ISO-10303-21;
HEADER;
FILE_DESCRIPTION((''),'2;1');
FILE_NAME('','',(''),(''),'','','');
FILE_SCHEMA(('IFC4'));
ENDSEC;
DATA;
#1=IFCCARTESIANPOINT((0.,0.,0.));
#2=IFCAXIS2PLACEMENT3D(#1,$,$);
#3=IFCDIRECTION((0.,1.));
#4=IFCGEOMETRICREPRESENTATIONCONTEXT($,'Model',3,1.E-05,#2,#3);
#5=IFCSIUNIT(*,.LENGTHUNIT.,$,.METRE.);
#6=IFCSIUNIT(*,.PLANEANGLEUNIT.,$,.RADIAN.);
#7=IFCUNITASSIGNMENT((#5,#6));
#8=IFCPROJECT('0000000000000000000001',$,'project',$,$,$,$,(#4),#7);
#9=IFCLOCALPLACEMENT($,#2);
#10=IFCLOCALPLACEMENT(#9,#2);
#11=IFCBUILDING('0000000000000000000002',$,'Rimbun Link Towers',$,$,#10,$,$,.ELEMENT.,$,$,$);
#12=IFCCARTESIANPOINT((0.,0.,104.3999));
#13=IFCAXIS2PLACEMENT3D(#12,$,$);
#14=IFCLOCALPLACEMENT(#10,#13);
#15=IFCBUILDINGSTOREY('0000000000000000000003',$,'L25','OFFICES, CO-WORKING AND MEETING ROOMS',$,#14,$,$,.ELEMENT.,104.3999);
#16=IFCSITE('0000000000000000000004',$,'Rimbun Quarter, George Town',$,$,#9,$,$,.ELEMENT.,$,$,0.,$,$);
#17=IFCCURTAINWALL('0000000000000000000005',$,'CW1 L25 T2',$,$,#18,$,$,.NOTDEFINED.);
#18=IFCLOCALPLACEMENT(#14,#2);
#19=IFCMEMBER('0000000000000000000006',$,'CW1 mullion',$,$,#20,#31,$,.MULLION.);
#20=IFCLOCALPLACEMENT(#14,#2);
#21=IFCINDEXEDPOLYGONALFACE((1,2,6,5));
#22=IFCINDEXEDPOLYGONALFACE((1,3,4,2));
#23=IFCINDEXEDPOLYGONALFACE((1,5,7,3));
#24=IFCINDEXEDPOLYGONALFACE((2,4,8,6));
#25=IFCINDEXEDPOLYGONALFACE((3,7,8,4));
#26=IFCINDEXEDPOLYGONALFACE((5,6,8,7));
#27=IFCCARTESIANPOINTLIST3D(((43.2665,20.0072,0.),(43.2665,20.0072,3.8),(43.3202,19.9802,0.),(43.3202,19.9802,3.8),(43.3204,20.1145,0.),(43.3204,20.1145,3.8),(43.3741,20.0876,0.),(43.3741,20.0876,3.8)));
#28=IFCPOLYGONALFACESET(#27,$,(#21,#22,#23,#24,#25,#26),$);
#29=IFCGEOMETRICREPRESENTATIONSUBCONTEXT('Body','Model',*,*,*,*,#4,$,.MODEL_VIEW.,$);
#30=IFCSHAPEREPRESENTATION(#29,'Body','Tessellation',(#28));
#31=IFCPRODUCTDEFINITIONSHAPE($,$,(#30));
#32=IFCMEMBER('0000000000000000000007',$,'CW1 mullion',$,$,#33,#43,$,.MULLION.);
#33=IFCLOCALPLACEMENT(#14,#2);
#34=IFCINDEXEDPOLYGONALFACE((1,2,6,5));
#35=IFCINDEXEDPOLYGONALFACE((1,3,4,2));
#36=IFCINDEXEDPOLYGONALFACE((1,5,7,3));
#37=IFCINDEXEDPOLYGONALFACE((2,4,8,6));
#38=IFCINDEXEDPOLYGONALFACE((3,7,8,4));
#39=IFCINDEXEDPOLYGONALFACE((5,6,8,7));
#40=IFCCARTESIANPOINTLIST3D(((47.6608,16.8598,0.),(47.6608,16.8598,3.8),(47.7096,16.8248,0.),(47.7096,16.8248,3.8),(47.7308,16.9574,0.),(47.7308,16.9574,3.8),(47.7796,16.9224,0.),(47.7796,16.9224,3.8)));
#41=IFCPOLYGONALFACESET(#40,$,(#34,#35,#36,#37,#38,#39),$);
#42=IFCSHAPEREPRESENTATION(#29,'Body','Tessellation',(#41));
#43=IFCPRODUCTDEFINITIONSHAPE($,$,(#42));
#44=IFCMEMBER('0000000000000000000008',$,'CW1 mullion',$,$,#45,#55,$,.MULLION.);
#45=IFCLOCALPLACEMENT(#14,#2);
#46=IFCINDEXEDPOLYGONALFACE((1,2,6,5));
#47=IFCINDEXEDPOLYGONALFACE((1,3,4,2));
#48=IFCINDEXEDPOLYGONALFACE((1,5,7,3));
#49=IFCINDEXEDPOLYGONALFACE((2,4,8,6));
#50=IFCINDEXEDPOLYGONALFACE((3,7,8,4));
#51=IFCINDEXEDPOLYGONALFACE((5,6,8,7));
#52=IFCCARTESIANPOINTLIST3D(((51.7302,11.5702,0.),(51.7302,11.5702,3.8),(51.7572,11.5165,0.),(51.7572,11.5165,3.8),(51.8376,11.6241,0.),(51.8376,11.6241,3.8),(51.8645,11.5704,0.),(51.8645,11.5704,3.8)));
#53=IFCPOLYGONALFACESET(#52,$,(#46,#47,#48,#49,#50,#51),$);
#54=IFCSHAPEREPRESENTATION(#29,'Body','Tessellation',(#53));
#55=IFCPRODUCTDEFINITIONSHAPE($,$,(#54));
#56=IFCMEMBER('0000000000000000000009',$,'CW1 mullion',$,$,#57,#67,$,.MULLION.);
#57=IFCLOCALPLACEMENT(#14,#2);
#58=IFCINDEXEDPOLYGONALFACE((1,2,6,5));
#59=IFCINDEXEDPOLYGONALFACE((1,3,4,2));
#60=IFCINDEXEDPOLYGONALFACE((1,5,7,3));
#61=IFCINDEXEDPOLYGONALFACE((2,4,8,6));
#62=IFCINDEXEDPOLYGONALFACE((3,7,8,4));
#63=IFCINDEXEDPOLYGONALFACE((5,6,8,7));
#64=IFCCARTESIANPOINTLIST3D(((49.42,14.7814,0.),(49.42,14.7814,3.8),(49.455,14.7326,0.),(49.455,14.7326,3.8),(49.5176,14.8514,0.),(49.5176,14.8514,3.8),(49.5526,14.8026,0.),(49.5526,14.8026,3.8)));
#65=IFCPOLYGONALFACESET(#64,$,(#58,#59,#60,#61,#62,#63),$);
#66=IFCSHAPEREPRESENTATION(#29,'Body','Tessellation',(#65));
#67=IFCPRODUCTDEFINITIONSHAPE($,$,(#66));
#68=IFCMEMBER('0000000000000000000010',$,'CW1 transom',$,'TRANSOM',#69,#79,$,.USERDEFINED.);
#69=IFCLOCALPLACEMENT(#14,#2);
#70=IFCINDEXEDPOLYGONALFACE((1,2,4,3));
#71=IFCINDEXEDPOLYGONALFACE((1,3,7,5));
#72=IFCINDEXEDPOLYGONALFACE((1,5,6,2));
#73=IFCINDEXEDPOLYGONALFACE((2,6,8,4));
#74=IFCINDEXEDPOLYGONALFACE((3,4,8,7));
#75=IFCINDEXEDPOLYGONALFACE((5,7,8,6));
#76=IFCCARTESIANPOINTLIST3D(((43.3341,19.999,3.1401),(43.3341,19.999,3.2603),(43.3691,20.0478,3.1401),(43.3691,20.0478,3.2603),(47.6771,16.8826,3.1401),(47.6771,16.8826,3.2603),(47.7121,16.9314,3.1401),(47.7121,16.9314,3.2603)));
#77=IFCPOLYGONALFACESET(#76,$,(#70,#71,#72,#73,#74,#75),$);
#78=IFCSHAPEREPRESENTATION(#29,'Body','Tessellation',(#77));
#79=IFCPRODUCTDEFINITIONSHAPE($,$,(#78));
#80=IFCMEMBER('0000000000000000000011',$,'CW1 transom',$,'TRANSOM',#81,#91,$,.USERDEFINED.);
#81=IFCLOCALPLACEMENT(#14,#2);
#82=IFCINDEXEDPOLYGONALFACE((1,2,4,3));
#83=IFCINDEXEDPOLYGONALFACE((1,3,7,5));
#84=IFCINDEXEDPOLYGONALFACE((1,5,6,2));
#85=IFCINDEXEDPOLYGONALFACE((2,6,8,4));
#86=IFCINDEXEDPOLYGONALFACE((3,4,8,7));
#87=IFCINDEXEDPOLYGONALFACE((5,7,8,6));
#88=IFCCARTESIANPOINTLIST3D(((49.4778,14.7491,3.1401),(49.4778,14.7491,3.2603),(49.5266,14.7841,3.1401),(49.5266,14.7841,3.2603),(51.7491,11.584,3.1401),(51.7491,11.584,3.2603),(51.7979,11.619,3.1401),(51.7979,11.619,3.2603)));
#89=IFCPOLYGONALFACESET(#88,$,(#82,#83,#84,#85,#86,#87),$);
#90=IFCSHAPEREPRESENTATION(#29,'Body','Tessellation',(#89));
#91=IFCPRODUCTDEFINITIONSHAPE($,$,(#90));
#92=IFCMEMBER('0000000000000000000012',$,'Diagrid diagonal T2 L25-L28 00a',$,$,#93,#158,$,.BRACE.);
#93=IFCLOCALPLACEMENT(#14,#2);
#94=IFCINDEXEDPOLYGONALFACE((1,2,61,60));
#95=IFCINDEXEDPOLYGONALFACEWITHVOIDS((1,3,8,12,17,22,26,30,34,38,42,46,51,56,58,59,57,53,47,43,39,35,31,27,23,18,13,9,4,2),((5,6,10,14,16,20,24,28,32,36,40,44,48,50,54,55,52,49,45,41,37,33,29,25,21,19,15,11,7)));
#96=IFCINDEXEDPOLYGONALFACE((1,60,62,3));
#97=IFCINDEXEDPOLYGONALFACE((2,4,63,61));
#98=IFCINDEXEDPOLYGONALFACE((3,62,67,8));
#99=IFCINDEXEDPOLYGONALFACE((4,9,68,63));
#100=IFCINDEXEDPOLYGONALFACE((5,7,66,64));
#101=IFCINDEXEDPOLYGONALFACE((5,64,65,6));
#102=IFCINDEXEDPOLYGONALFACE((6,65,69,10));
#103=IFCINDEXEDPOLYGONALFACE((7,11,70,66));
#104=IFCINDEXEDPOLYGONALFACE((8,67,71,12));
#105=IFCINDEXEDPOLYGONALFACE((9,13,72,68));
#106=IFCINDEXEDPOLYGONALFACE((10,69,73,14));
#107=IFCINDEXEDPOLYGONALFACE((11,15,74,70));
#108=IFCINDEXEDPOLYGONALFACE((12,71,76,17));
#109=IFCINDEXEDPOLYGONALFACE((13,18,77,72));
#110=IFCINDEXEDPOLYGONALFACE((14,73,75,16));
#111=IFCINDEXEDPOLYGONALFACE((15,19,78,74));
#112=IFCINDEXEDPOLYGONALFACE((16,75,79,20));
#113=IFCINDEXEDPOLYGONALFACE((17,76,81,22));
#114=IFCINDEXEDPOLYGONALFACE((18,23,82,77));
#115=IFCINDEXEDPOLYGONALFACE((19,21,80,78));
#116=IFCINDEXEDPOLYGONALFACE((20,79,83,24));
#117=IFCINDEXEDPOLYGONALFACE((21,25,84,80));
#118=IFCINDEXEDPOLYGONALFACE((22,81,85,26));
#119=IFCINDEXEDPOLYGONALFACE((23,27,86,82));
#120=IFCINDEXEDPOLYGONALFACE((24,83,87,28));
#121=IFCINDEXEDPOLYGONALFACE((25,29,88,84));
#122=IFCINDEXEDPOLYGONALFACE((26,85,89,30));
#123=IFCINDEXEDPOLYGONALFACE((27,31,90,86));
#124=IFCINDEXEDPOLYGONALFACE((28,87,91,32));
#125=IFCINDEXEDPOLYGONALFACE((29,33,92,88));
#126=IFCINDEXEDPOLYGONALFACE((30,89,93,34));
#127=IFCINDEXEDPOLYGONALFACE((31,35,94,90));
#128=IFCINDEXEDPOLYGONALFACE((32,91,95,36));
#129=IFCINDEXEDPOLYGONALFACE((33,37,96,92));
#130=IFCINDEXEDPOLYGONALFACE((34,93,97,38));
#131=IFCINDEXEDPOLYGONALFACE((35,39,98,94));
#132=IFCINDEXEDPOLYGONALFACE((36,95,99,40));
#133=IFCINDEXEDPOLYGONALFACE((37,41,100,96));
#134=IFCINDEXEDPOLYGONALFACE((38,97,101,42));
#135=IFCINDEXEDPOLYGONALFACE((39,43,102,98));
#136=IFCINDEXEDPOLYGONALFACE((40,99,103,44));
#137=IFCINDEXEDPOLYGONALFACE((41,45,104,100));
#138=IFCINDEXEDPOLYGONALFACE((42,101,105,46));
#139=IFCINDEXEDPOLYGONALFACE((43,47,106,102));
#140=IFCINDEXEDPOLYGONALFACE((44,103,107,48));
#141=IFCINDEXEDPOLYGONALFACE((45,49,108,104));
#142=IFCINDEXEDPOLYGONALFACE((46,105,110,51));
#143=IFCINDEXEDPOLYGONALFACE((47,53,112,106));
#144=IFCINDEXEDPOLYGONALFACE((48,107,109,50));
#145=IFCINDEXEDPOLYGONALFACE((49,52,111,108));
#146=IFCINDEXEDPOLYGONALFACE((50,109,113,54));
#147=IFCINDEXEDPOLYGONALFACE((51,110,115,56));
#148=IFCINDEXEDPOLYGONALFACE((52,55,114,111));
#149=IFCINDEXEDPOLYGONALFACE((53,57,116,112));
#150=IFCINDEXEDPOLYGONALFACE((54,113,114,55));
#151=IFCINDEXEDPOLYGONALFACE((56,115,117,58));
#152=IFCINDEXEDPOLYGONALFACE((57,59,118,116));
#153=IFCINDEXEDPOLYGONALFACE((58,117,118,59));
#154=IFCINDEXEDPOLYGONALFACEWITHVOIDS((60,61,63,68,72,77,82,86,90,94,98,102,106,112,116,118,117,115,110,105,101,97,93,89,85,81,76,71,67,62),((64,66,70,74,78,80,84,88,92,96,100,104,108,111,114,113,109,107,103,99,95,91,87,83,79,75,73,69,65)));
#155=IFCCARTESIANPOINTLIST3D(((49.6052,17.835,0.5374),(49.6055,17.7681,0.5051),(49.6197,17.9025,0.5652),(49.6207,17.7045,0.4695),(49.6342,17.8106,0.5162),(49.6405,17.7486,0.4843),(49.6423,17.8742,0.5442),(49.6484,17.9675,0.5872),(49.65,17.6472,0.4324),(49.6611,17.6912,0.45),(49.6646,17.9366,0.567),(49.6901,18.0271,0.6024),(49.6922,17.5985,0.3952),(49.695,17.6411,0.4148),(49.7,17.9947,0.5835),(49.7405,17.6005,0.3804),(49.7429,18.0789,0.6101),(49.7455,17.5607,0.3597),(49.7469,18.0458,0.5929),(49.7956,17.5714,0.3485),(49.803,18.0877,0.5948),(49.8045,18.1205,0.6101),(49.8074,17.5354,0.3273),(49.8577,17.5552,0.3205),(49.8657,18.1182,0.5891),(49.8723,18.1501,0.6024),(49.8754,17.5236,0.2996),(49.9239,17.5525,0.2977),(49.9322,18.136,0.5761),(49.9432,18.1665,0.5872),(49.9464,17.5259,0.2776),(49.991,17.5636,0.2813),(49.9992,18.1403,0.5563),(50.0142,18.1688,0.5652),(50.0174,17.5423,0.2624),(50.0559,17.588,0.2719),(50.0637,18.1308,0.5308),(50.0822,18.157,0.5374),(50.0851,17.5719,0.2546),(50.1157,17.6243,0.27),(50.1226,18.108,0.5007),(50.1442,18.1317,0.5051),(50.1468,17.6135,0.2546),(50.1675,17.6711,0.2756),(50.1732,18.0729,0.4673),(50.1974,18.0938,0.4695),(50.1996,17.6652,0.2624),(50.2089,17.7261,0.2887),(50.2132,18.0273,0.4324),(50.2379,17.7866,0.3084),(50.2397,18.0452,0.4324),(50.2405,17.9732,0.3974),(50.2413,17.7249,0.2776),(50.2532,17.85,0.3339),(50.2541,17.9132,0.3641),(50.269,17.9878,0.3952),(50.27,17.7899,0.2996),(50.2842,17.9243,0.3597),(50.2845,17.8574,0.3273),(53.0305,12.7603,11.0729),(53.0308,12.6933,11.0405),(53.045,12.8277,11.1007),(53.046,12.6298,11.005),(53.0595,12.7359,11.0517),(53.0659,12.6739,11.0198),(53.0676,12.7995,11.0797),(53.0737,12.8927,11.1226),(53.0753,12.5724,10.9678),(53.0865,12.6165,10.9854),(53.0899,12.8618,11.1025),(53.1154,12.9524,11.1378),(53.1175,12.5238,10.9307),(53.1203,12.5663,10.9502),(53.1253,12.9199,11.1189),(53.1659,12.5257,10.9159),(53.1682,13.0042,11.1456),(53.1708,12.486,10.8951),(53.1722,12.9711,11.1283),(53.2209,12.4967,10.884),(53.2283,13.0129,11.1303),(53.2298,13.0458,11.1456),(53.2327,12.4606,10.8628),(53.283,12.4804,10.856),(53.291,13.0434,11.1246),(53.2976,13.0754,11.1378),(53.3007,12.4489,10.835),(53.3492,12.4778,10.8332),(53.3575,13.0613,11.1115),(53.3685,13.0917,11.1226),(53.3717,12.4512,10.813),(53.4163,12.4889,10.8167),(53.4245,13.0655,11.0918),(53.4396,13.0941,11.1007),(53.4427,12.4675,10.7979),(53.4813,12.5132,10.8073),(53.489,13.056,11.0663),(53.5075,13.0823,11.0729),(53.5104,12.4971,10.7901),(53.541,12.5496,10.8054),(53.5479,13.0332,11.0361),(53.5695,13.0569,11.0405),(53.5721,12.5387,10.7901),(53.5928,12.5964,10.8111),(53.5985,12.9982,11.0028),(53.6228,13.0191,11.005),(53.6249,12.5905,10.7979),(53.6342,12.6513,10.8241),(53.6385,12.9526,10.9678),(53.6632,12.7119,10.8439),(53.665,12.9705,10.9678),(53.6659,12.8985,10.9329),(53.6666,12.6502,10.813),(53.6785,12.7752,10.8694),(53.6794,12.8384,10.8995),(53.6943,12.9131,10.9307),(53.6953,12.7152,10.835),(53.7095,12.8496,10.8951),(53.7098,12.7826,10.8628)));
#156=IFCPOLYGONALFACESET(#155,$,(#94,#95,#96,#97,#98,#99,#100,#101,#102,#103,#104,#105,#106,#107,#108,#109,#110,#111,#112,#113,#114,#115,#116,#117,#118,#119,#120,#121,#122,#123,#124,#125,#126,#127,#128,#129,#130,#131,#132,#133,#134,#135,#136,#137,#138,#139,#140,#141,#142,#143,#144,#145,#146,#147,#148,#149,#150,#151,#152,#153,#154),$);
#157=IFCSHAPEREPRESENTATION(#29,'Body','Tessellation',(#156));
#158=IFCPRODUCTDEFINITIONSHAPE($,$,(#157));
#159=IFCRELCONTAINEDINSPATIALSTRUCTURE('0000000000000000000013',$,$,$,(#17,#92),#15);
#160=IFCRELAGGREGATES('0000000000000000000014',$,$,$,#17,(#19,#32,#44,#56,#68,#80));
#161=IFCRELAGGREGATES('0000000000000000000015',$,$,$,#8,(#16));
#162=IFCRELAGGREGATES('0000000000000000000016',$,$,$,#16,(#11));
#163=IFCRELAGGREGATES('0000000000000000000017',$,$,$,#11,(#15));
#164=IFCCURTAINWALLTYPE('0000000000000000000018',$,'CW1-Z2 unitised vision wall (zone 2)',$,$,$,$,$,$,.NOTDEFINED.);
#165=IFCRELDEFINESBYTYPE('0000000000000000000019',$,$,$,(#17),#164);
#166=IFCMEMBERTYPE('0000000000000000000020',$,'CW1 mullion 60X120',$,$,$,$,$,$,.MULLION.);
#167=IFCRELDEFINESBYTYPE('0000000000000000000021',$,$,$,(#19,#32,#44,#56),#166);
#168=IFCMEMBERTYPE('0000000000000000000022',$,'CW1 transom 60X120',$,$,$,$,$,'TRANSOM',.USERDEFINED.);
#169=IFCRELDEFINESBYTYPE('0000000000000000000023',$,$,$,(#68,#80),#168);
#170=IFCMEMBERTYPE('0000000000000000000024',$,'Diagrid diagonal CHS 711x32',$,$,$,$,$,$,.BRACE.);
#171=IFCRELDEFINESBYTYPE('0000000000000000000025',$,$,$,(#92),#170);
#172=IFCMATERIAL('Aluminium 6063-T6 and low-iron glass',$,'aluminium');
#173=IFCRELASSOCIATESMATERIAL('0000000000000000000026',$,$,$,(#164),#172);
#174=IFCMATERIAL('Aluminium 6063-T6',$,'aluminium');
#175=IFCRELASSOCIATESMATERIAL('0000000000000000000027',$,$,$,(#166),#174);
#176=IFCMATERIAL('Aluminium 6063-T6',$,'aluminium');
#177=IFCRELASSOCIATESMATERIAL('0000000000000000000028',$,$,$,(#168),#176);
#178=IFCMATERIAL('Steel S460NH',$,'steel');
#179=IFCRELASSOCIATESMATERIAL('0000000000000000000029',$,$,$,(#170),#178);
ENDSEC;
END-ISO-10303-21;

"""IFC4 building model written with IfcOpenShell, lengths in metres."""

from ifc_helpers import new_model, si_unit, direction, frame, origin, origin_2d, place, context, subcontext, project, spatial, rectangle, hollow_circle, extrude, material, material_profile, profile_set, type_object, element, aggregate, save


model = new_model("IFC4")

# Units and contexts
model_context = context("Model", 3, precision=1e-05, world=origin(), true_north=direction((0.0, 1.0)))
body_context = subcontext(model_context, "Body", "Model", "MODEL_VIEW")
ifc_project = project(units=[si_unit("LENGTHUNIT", "METRE"), si_unit("PLANEANGLEUNIT", "RADIAN")], contexts=[model_context])

# Site, building, storey
site_placement = place(None, origin())
site = spatial("IfcSite", under=ifc_project, at=site_placement, Name="Rimbun Quarter, George Town", CompositionType="ELEMENT", RefElevation=0.0)
building_placement = place(site_placement, origin())
building = spatial("IfcBuilding", under=site, at=building_placement, Name="Rimbun Link Towers", CompositionType="ELEMENT")
storey_placement = place(building_placement, frame((0.0, 0.0, 104.3999)))
storey = spatial("IfcBuildingStorey", under=building, at=storey_placement, Name="L25", Description="OFFICES, CO-WORKING AND MEETING ROOMS", CompositionType="ELEMENT", Elevation=104.3999)

# Curtain wall, members
ifc_material_1 = material(Name="Aluminium 6063-T6 and low-iron glass", Category="aluminium")
curtain_wall_type = type_object("IfcCurtainWallType", Name="CW1-Z2 unitised vision wall (zone 2)", PredefinedType="NOTDEFINED", material=ifc_material_1)
curtain_wall_placement = place(storey_placement, origin())
curtain_wall = element("IfcCurtainWall", 1, at=curtain_wall_placement, inside=storey, type_object=curtain_wall_type, Name="CW1 L25 T2", PredefinedType="NOTDEFINED")
ifc_material_2 = material(Name="Aluminium 6063-T6", Category="aluminium")
ifc_material_profile_1 = material_profile(ifc_material_2, rectangle(XDim=0.1201, YDim=0.0601, at=origin_2d()), Name="MULLION 60X120")
ifc_profile_set_1 = profile_set([ifc_material_profile_1], Name="Aluminium 6063-T6")
member_type_1 = type_object("IfcMemberType", Name="CW1 mullion 60X120", PredefinedType="MULLION", material=ifc_profile_set_1)
member_1_placement = place(storey_placement, frame((43.3203, 20.0474, 0.0), z_axis=(0.0, 0.0, 1.0), x_axis=(0.448567, 0.893749, 0.0)))
member_1 = element("IfcMember", 2, at=member_1_placement, type_object=member_type_1, Name="CW1 mullion", PredefinedType="MULLION", context=body_context, shape_type="SweptSolid", body=[
    extrude(rectangle(XDim=0.1201, YDim=0.0601, at=origin_2d()), origin(), (0.0, 0.0, 1.0), 3.8),
])
member_2_placement = place(storey_placement, frame((47.7202, 16.8911, 0.0), z_axis=(0.0, 0.0, 1.0), x_axis=(0.583007, 0.812467, 0.0)))
member_2 = element("IfcMember", 3, at=member_2_placement, type_object=member_type_1, Name="CW1 mullion", PredefinedType="MULLION", context=body_context, shape_type="SweptSolid", body=[
    extrude(rectangle(XDim=0.1201, YDim=0.0601, at=origin_2d()), origin(), (0.0, 0.0, 1.0), 3.8),
])
member_3_placement = place(storey_placement, frame((51.7974, 11.5703, 0.0), z_axis=(0.0, 0.0, 1.0), x_axis=(0.893749, 0.448567, 0.0)))
member_3 = element("IfcMember", 4, at=member_3_placement, type_object=member_type_1, Name="CW1 mullion", PredefinedType="MULLION", context=body_context, shape_type="SweptSolid", body=[
    extrude(rectangle(XDim=0.1201, YDim=0.0601, at=origin_2d()), origin(), (0.0, 0.0, 1.0), 3.8),
])
member_4_placement = place(storey_placement, frame((49.4863, 14.792, 0.0), z_axis=(0.0, 0.0, 1.0), x_axis=(0.812467, 0.583007, 0.0)))
member_4 = element("IfcMember", 5, at=member_4_placement, type_object=member_type_1, Name="CW1 mullion", PredefinedType="MULLION", context=body_context, shape_type="SweptSolid", body=[
    extrude(rectangle(XDim=0.1201, YDim=0.0601, at=origin_2d()), origin(), (0.0, 0.0, 1.0), 3.8),
])
ifc_material_3 = material(Name="Aluminium 6063-T6", Category="aluminium")
ifc_material_profile_2 = material_profile(ifc_material_3, rectangle(XDim=0.0601, YDim=0.1201, at=origin_2d()), Name="TRANSOM 60X120")
ifc_profile_set_2 = profile_set([ifc_material_profile_2], Name="Aluminium 6063-T6")
member_type_2 = type_object("IfcMemberType", Name="CW1 transom 60X120", ElementType="TRANSOM", PredefinedType="USERDEFINED", material=ifc_profile_set_2)
member_5_placement = place(storey_placement, frame((43.3516, 20.0234, 3.2002), z_axis=(0.812466, -0.583008, 0.0), x_axis=(0.583008, 0.812466, 0.0)))
member_5 = element("IfcMember", 6, at=member_5_placement, type_object=member_type_2, Name="CW1 transom", ObjectType="TRANSOM", PredefinedType="USERDEFINED", context=body_context, shape_type="SweptSolid", body=[
    extrude(rectangle(XDim=0.0601, YDim=0.1201, at=origin_2d()), origin(), (0.0, 0.0, 1.0), 5.3455),
])
member_6_placement = place(storey_placement, frame((49.5022, 14.7666, 3.2002), z_axis=(0.583021, -0.812457, 0.0), x_axis=(0.812457, 0.583021, 0.0)))
member_6 = element("IfcMember", 7, at=member_6_placement, type_object=member_type_2, Name="CW1 transom", ObjectType="TRANSOM", PredefinedType="USERDEFINED", context=body_context, shape_type="SweptSolid", body=[
    extrude(rectangle(XDim=0.0601, YDim=0.1201, at=origin_2d()), origin(), (0.0, 0.0, 1.0), 3.8958),
])

# Member
ifc_material_4 = material(Name="Steel S460NH", Category="steel")
ifc_material_profile_3 = material_profile(ifc_material_4, hollow_circle(Radius=0.3557, WallThickness=0.032, at=origin_2d()), Name="Diagrid diagonal CHS 711x32")
ifc_profile_set_3 = profile_set([ifc_material_profile_3], Name="Steel S460NH")
member_type_3 = type_object("IfcMemberType", Name="Diagrid diagonal CHS 711x32", PredefinedType="BRACE", material=ifc_profile_set_3)
for number, where, z_axis, x_axis, name in (
    (8, (49.9448, 17.8462, 0.4324), (0.281102, -0.416464, 0.864604), (0.828859, 0.559458, 0.0), "Diagrid diagonal T2 L25-L28 00a"),
):
    element("IfcMember", number, at=place(storey_placement, frame(where, z_axis=z_axis, x_axis=x_axis)), inside=storey, type_object=member_type_3, Name=name, PredefinedType="BRACE", context=body_context, shape_type="SweptSolid", body=[
        extrude(hollow_circle(Radius=0.3557, WallThickness=0.032, at=origin_2d()), origin(), (0.0, 0.0, 1.0), 12.1853),
    ])

aggregate(curtain_wall, [member_1, member_2, member_3, member_4, member_5, member_6])

save(model, "model.ifc")
